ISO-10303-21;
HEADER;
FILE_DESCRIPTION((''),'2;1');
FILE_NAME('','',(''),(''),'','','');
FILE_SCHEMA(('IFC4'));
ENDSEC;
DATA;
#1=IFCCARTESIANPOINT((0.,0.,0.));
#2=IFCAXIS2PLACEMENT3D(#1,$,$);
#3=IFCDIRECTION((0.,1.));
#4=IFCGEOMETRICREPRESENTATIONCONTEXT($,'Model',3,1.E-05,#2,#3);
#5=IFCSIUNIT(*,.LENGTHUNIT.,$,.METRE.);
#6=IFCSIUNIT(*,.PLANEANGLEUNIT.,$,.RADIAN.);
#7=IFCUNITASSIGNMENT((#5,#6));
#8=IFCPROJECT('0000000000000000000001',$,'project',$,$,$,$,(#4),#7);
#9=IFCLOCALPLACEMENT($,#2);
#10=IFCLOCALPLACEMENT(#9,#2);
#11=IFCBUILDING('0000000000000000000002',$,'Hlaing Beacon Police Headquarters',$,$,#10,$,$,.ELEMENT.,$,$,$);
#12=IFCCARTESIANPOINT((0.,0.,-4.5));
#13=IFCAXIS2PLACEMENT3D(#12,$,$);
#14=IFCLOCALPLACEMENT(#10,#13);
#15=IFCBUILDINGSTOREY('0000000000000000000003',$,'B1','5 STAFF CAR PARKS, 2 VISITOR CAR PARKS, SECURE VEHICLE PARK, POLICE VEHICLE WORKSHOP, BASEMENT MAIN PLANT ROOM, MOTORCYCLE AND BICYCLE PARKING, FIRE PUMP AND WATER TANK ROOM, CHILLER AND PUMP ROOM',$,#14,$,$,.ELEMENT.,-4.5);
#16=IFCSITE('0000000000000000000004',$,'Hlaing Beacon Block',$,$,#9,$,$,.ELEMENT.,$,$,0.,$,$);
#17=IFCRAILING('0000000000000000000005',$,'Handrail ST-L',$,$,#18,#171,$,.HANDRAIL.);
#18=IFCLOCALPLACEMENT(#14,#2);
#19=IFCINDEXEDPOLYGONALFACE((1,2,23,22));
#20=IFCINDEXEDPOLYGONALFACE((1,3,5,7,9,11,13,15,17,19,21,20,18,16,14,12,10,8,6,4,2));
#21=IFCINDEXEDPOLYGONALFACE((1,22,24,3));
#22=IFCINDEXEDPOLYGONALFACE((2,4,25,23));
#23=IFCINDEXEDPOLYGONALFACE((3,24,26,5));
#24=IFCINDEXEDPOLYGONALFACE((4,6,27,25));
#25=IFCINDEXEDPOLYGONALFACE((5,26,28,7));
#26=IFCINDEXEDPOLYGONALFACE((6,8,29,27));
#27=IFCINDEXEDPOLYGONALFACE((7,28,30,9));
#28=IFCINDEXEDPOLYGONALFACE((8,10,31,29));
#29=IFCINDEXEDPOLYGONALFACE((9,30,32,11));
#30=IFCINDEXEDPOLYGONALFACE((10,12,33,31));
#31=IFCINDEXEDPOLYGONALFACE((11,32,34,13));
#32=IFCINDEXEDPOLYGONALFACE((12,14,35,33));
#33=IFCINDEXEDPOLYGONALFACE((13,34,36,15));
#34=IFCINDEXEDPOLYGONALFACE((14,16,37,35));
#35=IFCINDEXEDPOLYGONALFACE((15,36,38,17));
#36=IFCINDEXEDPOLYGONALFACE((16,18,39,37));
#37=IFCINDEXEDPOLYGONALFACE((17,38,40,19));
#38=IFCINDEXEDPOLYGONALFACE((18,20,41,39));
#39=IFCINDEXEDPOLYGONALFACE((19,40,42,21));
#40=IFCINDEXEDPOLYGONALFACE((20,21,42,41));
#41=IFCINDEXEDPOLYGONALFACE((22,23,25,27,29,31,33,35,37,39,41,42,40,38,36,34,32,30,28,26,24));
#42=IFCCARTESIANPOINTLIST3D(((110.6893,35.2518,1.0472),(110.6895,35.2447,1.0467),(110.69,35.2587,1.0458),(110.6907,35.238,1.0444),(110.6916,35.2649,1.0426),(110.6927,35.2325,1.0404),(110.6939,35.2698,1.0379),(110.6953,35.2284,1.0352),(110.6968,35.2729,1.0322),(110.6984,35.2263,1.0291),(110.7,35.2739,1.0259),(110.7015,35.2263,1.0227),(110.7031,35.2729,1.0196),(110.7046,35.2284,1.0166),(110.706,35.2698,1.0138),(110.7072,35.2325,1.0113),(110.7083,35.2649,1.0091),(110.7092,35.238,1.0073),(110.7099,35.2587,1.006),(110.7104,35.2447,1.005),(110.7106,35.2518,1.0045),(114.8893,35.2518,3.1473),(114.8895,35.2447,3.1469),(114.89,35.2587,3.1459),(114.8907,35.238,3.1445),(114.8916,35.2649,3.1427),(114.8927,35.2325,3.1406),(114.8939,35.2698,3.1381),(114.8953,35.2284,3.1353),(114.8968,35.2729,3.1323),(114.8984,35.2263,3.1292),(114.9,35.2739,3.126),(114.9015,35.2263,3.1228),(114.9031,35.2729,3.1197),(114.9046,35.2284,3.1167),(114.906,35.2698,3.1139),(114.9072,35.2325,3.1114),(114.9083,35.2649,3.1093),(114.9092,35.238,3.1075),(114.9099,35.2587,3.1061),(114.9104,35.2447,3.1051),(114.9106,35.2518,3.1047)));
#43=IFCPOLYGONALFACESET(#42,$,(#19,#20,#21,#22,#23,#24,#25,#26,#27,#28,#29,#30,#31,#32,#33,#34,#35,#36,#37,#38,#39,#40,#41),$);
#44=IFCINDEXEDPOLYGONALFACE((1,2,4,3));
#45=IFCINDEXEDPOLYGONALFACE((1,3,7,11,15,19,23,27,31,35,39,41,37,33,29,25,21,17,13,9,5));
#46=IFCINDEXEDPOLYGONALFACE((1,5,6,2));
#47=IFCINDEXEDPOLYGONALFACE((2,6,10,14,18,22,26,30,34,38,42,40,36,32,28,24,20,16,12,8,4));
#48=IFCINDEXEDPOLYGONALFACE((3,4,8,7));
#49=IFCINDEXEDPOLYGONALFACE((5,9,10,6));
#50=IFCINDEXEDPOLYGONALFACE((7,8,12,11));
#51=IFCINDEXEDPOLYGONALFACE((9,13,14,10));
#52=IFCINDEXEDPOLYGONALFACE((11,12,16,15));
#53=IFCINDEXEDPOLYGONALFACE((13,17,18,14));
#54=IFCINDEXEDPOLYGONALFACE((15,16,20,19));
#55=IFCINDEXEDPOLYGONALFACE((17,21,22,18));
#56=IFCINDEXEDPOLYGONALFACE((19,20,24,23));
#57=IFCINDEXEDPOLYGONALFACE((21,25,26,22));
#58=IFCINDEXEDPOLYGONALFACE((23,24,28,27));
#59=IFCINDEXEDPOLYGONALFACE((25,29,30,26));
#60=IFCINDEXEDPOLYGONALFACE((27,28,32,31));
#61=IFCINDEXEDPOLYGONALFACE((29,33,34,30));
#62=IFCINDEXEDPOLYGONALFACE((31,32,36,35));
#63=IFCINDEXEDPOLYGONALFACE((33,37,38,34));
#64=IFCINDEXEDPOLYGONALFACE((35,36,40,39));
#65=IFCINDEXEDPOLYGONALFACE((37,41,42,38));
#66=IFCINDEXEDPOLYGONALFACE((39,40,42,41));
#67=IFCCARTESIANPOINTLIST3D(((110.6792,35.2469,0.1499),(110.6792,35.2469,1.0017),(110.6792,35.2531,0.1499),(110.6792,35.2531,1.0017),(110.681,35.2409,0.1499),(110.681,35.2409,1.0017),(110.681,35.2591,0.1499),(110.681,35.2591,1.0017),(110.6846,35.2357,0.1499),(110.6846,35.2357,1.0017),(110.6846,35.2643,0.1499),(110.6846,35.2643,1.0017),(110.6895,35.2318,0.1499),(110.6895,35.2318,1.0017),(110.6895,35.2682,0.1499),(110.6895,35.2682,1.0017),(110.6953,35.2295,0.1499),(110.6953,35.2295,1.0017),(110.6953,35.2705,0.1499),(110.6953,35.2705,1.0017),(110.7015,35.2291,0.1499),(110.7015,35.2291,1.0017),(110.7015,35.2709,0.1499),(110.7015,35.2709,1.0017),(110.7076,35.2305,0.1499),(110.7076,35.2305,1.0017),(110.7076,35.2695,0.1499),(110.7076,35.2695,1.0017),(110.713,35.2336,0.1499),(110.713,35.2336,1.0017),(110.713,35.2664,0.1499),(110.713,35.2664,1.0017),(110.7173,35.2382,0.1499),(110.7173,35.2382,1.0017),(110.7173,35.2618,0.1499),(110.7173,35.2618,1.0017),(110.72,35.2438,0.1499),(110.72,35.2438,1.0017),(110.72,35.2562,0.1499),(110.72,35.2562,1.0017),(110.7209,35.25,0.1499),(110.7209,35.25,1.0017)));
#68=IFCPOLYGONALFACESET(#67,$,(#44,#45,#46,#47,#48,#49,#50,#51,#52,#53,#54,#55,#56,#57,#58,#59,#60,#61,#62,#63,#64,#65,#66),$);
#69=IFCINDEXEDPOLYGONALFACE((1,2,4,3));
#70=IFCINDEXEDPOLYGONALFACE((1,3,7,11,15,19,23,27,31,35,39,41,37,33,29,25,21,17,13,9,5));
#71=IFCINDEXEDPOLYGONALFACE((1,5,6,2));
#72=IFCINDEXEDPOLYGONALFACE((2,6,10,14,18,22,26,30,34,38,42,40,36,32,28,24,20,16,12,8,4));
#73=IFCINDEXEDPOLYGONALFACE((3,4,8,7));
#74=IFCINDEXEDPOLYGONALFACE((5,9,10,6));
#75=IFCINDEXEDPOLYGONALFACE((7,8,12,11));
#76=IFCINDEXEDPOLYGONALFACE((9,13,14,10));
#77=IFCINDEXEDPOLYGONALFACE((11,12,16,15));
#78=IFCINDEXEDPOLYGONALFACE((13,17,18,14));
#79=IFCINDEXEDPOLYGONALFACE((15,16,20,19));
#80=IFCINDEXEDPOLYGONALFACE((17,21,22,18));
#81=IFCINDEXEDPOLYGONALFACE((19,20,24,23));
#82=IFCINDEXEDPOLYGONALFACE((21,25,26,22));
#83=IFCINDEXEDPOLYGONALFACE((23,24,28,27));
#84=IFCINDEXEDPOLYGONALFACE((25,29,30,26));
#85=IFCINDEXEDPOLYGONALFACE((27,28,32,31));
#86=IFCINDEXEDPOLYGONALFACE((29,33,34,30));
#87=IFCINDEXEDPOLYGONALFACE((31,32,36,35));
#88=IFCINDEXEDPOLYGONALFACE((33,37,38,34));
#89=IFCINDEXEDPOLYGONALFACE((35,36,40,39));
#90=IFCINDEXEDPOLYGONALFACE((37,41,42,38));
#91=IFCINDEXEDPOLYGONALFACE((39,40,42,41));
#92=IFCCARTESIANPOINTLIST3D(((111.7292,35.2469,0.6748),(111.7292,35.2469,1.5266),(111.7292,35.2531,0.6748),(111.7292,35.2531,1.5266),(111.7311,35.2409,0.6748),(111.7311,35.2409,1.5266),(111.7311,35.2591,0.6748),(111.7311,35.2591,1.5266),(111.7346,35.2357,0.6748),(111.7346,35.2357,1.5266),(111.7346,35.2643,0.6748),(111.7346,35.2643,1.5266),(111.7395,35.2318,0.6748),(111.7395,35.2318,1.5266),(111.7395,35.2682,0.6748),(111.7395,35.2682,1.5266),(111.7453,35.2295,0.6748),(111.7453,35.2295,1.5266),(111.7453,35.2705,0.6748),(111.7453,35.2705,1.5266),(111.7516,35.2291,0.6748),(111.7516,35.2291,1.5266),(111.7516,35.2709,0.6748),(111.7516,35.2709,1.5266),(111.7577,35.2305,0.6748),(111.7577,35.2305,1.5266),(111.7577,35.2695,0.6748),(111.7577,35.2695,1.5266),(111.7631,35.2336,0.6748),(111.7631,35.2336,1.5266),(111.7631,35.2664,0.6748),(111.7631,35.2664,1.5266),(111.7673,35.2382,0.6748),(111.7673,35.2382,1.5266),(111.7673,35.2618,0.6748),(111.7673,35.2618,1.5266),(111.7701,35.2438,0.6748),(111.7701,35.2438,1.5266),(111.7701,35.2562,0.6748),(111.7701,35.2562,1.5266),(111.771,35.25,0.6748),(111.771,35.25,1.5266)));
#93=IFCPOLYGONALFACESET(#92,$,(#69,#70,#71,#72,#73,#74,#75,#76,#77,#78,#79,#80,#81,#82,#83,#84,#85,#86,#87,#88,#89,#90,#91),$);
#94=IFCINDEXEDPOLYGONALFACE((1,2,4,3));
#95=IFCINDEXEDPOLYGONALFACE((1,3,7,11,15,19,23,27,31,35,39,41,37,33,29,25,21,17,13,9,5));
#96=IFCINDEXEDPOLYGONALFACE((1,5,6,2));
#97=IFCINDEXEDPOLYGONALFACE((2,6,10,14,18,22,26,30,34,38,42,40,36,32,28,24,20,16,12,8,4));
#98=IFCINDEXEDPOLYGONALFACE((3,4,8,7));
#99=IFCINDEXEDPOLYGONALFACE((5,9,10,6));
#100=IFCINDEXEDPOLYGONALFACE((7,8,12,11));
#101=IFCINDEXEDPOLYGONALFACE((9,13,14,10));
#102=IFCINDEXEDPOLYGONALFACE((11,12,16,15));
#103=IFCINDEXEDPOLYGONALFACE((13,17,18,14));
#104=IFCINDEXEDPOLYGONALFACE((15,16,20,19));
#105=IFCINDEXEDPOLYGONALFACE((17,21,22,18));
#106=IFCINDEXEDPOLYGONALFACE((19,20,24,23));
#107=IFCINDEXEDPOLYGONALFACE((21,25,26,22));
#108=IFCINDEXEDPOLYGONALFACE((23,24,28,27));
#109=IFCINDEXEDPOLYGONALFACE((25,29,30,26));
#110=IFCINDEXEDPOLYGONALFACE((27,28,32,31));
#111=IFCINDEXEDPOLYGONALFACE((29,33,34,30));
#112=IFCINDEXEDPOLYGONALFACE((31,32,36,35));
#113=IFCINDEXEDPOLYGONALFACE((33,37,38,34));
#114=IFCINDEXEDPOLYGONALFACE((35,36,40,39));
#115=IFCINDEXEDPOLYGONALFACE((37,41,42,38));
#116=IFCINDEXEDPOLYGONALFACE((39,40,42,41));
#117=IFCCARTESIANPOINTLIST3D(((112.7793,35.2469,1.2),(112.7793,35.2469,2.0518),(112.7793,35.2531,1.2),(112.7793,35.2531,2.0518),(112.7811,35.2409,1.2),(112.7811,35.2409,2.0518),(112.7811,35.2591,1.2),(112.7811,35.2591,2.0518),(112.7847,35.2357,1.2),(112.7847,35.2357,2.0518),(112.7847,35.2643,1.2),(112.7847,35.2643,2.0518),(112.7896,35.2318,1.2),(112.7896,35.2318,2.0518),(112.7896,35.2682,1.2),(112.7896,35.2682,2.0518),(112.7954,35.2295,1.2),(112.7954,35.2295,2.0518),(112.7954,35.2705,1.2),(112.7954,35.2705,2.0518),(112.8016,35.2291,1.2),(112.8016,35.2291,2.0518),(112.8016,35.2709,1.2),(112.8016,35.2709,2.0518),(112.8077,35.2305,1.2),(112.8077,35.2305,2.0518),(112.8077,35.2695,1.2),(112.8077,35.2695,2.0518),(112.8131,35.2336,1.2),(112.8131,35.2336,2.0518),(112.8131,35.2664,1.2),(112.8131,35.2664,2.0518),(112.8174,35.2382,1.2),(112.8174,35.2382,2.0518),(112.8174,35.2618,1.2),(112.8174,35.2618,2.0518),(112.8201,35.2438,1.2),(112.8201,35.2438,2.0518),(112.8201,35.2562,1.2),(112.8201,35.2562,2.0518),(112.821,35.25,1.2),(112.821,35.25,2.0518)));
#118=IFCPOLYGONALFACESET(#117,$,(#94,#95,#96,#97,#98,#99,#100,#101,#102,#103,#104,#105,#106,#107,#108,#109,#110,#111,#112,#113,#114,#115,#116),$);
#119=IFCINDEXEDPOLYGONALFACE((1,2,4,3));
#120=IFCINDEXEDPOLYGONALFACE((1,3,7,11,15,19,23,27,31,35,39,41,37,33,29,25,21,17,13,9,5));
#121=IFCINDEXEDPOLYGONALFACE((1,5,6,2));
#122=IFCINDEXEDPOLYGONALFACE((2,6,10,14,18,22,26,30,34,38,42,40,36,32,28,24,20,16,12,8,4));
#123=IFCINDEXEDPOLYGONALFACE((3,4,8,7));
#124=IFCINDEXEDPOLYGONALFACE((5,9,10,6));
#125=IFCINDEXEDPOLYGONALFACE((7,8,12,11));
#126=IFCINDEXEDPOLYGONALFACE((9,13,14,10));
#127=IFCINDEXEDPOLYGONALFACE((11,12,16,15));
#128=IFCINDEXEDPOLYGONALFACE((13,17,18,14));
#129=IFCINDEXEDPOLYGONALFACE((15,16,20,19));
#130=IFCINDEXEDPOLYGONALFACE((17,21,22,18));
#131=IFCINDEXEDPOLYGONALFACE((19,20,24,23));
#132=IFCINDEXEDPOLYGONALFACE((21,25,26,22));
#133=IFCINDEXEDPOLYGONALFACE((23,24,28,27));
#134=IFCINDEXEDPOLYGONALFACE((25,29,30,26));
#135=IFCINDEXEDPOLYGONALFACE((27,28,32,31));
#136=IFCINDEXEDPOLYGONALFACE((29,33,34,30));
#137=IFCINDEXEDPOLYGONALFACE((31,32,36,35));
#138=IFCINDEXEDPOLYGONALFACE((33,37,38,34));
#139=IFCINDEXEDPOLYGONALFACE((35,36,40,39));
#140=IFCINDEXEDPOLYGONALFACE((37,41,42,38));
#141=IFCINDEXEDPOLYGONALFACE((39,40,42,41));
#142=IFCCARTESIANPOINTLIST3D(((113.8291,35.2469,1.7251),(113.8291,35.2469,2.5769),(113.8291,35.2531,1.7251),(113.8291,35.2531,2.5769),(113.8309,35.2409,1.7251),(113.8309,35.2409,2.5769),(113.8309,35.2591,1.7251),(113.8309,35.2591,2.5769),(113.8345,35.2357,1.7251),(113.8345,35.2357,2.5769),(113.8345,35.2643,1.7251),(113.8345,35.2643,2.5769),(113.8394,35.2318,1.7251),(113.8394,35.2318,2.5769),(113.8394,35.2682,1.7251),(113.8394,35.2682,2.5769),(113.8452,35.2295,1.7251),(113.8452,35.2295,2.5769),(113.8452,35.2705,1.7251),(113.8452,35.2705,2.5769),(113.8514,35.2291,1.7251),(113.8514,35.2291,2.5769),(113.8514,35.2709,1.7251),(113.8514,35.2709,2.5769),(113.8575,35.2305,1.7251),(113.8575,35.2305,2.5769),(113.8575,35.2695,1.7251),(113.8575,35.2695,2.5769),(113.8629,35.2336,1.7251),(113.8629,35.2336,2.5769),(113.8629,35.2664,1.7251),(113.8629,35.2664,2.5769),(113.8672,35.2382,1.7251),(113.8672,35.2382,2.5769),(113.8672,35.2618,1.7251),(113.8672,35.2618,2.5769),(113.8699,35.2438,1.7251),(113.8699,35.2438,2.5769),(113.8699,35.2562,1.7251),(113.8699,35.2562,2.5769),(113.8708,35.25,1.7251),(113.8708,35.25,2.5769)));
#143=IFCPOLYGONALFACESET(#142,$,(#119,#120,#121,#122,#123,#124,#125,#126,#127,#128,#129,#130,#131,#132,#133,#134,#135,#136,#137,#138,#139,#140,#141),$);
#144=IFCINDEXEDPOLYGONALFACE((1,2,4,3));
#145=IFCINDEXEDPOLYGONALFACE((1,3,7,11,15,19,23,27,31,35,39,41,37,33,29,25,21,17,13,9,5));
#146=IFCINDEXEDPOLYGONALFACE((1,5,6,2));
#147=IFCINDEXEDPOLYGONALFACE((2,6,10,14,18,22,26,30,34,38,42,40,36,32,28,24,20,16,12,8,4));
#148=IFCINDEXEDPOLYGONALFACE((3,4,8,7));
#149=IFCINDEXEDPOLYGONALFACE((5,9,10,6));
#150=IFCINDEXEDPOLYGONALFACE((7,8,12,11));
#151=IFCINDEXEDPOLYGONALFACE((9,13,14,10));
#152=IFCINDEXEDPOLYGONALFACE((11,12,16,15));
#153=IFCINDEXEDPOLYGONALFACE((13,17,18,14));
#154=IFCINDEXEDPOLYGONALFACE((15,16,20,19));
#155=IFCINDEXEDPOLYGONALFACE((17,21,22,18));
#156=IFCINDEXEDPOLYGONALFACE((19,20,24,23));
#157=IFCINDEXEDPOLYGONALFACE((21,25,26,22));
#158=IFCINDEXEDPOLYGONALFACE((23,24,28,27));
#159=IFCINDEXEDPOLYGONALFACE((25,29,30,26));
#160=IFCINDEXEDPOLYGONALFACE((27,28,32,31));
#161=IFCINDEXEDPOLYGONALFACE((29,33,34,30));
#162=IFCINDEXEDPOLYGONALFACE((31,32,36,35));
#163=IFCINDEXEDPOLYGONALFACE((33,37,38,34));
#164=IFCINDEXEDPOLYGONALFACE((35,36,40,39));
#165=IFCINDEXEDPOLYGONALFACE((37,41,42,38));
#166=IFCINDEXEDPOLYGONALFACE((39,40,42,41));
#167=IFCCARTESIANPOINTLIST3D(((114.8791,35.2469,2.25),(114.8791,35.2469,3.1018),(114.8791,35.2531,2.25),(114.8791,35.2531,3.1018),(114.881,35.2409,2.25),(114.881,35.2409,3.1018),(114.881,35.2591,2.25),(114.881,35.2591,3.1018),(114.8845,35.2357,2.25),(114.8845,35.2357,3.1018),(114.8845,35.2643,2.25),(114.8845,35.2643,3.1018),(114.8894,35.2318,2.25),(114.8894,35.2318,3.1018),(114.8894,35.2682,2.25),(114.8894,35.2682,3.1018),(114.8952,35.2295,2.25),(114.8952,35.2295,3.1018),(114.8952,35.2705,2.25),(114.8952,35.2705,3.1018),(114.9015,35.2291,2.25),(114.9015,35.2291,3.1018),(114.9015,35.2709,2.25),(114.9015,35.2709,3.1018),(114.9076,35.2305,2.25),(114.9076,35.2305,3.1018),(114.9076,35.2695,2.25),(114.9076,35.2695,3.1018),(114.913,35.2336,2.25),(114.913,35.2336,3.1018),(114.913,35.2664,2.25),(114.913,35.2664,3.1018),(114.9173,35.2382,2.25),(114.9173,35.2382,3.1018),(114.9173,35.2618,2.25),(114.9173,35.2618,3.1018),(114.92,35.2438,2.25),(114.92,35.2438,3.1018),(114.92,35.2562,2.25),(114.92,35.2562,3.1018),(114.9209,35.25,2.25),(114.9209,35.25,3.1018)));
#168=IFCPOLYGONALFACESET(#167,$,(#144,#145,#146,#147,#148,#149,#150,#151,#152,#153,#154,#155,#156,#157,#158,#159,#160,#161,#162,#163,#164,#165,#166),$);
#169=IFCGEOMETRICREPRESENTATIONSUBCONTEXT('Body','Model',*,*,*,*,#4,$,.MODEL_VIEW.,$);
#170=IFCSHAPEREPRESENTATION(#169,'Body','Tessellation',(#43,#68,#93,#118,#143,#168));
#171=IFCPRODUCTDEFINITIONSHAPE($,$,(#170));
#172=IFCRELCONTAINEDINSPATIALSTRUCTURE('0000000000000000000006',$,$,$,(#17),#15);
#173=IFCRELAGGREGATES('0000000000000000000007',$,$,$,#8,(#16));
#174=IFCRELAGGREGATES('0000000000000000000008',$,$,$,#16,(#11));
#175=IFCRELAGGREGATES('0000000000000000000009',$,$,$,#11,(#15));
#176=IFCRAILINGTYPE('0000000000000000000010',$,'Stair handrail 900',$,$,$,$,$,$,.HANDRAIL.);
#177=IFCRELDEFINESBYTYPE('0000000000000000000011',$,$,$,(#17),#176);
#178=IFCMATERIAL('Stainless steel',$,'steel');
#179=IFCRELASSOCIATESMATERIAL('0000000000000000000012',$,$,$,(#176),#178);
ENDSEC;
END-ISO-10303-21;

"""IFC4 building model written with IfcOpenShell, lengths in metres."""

from ifc_helpers import new_model, si_unit, direction, frame, origin, origin_2d, place, context, subcontext, project, spatial, circle, extrude, material, type_object, element, save


model = new_model("IFC4")

# Units and contexts
model_context = context("Model", 3, precision=1e-05, world=origin(), true_north=direction((0.0, 1.0)))
body_context = subcontext(model_context, "Body", "Model", "MODEL_VIEW")
ifc_project = project(units=[si_unit("LENGTHUNIT", "METRE"), si_unit("PLANEANGLEUNIT", "RADIAN")], contexts=[model_context])

# Site, building, storey
site_placement = place(None, origin())
site = spatial("IfcSite", under=ifc_project, at=site_placement, Name="Hlaing Beacon Block", CompositionType="ELEMENT", RefElevation=0.0)
building_placement = place(site_placement, origin())
building = spatial("IfcBuilding", under=site, at=building_placement, Name="Hlaing Beacon Police Headquarters", CompositionType="ELEMENT")
storey_placement = place(building_placement, frame((0.0, 0.0, -4.5)))
storey = spatial("IfcBuildingStorey", under=building, at=storey_placement, Name="B1", Description="5 STAFF CAR PARKS, 2 VISITOR CAR PARKS, SECURE VEHICLE PARK, POLICE VEHICLE WORKSHOP, BASEMENT MAIN PLANT ROOM, MOTORCYCLE AND BICYCLE PARKING, FIRE PUMP AND WATER TANK ROOM, CHILLER AND PUMP ROOM", CompositionType="ELEMENT", Elevation=-4.5)

# Railing
ifc_material_1 = material(Name="Stainless steel", Category="steel")
railing_type = type_object("IfcRailingType", Name="Stair handrail 900", PredefinedType="HANDRAIL", material=ifc_material_1)
for number, where, name in (
    (1, (110.7, 35.25, 0.1499), "Handrail ST-L"),
):
    element("IfcRailing", number, at=place(storey_placement, frame(where)), inside=storey, type_object=railing_type, Name=name, PredefinedType="HANDRAIL", context=body_context, shape_type="SweptSolid", body=[
        extrude(circle(Radius=0.0239, at=origin_2d()), frame((0.0, 0.0, 0.876), z_axis=(0.894417, 0.0, 0.447234), x_axis=(0.0, 1.0, 0.0)), (0.0, 0.0, 1.0), 4.6958),
        extrude(circle(Radius=0.021, at=origin_2d()), origin(), (0.0, 0.0, 1.0), 0.8518),
        extrude(circle(Radius=0.021, at=origin_2d()), frame((1.05, 0.0, 0.5249)), (0.0, 0.0, 1.0), 0.8518),
        extrude(circle(Radius=0.021, at=origin_2d()), frame((2.1001, 0.0, 1.05)), (0.0, 0.0, 1.0), 0.8518),
        extrude(circle(Radius=0.021, at=origin_2d()), frame((3.1499, 0.0, 1.5752)), (0.0, 0.0, 1.0), 0.8518),
        extrude(circle(Radius=0.021, at=origin_2d()), frame((4.2, 0.0, 2.1001)), (0.0, 0.0, 1.0), 0.8518),
    ])

save(model, "model.ifc")
